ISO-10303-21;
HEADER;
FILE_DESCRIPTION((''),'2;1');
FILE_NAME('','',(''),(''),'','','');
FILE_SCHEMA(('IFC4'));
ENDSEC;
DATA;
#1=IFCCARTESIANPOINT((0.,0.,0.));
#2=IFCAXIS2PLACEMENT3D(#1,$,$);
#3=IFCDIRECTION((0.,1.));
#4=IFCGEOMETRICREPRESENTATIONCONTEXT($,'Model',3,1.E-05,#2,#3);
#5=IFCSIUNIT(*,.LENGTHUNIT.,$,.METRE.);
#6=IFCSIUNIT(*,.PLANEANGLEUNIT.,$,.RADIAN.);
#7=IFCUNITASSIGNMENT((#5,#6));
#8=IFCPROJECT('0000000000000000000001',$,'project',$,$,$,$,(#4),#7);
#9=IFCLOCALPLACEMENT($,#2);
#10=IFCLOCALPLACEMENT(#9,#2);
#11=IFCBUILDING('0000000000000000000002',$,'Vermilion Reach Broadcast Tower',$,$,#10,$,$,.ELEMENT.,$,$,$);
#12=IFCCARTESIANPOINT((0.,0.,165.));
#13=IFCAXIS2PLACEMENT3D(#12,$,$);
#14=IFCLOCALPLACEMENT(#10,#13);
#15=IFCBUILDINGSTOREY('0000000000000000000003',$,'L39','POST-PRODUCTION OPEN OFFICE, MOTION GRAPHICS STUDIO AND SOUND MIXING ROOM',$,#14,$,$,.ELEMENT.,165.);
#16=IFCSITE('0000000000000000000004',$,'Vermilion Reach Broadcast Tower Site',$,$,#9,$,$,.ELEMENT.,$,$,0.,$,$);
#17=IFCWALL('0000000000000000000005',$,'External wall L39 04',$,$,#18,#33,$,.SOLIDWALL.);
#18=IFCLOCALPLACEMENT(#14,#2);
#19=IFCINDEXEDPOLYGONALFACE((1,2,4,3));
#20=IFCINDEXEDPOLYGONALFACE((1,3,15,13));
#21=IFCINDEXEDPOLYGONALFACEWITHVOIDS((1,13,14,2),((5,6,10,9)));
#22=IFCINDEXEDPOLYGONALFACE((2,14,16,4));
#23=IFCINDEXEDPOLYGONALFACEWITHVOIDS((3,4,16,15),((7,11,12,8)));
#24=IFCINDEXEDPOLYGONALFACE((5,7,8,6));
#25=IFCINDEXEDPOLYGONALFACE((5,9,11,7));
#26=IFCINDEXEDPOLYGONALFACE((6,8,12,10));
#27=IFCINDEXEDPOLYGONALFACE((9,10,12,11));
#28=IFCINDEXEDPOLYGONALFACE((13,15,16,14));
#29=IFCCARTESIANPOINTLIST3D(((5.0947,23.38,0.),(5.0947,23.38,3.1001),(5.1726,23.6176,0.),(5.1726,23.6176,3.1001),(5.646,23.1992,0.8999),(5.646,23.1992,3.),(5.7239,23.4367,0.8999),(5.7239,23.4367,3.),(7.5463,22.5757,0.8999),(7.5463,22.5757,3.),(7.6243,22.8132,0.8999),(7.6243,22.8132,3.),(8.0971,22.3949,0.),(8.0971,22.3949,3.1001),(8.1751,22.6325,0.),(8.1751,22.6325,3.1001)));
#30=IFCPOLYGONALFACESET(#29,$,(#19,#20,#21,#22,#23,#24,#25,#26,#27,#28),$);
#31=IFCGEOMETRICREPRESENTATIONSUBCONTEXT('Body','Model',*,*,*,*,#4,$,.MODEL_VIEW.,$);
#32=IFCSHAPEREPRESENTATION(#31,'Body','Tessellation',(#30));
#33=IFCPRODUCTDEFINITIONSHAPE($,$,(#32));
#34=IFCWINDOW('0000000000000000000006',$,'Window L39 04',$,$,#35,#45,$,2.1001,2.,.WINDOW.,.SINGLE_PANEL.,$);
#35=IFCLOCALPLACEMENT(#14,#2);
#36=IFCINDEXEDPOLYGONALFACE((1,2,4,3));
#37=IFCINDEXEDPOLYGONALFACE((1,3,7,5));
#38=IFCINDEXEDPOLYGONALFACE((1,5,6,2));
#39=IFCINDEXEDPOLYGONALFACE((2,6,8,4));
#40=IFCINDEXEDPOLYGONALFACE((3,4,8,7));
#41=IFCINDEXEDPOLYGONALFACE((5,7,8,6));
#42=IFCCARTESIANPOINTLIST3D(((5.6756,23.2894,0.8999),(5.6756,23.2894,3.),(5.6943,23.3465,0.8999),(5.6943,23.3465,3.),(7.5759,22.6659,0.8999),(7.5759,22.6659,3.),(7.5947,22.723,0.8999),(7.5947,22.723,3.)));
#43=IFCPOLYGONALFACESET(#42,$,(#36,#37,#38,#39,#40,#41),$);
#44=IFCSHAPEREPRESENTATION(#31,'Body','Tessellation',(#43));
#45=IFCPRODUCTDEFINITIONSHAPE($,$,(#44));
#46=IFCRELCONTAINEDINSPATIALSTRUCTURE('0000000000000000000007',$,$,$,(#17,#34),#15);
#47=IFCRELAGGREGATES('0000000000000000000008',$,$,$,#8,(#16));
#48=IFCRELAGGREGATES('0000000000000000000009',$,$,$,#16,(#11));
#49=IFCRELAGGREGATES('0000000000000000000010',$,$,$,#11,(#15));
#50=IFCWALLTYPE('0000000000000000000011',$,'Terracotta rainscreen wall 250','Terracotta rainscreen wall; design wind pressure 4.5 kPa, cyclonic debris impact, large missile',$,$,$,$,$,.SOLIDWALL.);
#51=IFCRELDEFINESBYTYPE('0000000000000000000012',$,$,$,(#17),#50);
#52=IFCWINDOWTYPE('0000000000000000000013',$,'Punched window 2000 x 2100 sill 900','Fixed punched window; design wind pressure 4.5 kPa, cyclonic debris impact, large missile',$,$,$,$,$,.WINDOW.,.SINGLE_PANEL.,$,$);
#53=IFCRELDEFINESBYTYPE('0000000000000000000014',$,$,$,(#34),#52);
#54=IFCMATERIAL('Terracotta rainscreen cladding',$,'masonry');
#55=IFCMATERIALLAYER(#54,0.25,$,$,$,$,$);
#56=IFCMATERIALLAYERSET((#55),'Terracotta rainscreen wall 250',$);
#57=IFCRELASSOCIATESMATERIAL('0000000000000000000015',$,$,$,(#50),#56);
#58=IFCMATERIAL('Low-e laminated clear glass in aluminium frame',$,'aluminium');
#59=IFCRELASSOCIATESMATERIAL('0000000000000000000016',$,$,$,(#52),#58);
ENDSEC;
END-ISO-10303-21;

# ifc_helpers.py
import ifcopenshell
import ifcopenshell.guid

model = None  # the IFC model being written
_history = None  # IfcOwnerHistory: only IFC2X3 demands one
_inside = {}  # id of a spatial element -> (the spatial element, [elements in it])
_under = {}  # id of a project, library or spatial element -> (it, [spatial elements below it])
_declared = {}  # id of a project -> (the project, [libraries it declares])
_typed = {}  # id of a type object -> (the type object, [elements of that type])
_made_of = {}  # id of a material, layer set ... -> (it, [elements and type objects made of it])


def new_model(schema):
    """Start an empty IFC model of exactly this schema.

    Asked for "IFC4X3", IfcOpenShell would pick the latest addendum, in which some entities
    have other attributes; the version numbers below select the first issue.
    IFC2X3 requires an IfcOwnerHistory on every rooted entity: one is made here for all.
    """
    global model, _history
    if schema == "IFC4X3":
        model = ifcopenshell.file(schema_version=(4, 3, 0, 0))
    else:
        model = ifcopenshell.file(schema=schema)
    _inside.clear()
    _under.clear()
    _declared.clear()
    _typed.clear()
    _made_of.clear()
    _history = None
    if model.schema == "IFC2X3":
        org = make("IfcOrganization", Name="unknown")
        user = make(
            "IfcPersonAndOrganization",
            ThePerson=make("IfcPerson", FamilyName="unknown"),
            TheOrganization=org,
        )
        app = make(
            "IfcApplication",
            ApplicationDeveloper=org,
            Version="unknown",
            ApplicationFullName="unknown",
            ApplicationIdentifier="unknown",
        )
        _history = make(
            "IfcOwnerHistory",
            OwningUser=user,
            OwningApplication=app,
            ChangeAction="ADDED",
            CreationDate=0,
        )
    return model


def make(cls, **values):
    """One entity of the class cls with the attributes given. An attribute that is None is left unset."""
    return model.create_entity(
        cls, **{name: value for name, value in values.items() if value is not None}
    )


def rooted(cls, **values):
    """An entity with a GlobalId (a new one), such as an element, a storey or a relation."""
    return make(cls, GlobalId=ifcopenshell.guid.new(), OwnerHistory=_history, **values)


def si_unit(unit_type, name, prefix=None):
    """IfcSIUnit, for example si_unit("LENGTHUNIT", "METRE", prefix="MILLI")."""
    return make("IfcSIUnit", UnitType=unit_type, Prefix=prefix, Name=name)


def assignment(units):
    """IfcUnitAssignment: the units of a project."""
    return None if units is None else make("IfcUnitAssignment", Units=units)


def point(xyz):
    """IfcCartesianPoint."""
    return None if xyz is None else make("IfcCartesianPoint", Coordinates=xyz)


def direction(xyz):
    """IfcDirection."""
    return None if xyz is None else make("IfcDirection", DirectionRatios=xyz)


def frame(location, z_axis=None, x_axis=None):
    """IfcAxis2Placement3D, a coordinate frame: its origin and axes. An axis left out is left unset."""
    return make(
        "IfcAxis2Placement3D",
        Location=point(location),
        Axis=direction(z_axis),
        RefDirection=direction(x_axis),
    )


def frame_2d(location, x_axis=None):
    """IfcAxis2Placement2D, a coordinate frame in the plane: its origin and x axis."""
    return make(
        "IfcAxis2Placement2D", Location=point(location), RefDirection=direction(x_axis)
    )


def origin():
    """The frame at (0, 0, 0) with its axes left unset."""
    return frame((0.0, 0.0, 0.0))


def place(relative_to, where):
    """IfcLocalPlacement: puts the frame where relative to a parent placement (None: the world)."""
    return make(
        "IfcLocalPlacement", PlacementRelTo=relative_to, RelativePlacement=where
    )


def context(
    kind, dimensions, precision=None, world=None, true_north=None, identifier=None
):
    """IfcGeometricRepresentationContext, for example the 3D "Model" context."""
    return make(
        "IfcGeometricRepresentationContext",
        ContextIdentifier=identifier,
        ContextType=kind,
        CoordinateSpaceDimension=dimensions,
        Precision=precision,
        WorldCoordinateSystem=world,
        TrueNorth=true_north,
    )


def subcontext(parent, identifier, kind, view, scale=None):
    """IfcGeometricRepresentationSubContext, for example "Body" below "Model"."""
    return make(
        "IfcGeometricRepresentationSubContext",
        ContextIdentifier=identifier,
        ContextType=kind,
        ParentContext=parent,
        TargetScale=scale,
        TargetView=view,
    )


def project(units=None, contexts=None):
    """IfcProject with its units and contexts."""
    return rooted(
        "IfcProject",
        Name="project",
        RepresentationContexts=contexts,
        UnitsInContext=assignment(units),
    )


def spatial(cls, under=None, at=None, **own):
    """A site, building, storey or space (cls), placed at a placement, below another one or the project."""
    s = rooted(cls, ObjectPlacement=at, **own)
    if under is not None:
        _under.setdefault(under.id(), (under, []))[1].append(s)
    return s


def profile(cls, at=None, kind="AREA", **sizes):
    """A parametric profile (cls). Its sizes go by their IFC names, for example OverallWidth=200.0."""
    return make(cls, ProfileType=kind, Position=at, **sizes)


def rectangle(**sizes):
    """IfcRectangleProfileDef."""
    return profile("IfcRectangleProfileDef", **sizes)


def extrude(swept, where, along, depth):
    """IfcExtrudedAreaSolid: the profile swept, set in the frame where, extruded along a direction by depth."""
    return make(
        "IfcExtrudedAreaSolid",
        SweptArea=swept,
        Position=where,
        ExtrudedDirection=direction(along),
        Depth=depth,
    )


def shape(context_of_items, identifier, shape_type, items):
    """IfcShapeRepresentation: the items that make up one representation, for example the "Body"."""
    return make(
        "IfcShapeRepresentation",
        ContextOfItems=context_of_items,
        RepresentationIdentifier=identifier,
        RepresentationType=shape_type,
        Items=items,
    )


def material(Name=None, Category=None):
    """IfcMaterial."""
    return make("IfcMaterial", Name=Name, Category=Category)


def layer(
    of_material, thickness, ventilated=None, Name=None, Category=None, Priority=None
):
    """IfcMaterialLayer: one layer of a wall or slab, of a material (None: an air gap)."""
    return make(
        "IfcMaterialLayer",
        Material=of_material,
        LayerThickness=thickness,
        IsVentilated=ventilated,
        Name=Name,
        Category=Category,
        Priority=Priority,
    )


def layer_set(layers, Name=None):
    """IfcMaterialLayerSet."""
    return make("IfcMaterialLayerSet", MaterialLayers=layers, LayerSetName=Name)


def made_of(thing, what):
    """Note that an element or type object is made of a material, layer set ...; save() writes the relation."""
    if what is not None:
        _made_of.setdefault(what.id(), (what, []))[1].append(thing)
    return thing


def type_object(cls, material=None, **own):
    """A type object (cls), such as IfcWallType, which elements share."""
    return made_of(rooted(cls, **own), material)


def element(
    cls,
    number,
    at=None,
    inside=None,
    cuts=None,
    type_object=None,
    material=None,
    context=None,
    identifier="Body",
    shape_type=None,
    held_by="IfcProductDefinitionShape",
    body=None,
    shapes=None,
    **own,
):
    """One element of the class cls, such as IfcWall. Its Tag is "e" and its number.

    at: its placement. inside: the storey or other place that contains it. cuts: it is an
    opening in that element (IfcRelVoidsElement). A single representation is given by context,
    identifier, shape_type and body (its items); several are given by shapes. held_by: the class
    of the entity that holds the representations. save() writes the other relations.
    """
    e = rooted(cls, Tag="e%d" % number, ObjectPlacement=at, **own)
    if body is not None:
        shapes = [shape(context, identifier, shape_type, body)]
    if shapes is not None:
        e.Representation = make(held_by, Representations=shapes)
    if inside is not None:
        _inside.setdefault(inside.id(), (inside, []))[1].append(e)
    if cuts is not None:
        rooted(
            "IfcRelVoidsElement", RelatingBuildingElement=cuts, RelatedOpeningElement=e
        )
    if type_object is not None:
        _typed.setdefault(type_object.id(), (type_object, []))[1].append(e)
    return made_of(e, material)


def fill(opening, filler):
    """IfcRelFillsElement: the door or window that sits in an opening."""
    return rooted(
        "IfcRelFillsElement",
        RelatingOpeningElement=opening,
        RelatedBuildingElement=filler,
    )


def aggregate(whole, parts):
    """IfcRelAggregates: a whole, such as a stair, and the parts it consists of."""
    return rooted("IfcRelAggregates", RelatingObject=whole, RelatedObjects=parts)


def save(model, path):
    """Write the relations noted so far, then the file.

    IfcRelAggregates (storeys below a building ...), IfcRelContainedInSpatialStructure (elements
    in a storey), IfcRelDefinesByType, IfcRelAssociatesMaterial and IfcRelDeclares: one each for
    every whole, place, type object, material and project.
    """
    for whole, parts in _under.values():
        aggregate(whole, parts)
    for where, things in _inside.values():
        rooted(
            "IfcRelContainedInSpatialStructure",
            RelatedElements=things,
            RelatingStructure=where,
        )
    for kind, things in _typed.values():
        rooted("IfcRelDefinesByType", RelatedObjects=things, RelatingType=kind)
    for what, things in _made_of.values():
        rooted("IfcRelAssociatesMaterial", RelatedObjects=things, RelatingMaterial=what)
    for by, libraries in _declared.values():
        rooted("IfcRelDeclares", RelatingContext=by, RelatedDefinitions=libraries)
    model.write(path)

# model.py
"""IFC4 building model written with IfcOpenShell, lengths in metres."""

from ifc_helpers import new_model, si_unit, direction, frame, frame_2d, origin, place, context, subcontext, project, spatial, rectangle, extrude, material, layer, layer_set, type_object, element, fill, save


model = new_model("IFC4")

# Units and contexts
model_context = context("Model", 3, precision=1e-05, world=origin(), true_north=direction((0.0, 1.0)))
body_context = subcontext(model_context, "Body", "Model", "MODEL_VIEW")
ifc_project = project(units=[si_unit("LENGTHUNIT", "METRE"), si_unit("PLANEANGLEUNIT", "RADIAN")], contexts=[model_context])

# Site, building, storey
site_placement = place(None, origin())
site = spatial("IfcSite", under=ifc_project, at=site_placement, Name="Vermilion Reach Broadcast Tower Site", CompositionType="ELEMENT", RefElevation=0.0)
building_placement = place(site_placement, origin())
building = spatial("IfcBuilding", under=site, at=building_placement, Name="Vermilion Reach Broadcast Tower", CompositionType="ELEMENT")
storey_placement = place(building_placement, frame((0.0, 0.0, 165.0)))
storey = spatial("IfcBuildingStorey", under=building, at=storey_placement, Name="L39", Description="POST-PRODUCTION OPEN OFFICE, MOTION GRAPHICS STUDIO AND SOUND MIXING ROOM", CompositionType="ELEMENT", Elevation=165.0)

# Shared definitions
ifc_material_1 = material(Name="Terracotta rainscreen cladding", Category="masonry")
ifc_layer_1 = layer(ifc_material_1, 0.25)
ifc_layer_set_1 = layer_set([ifc_layer_1], Name="Terracotta rainscreen wall 250")
wall_type_1 = type_object("IfcWallType", Name="Terracotta rainscreen wall 250", Description="Terracotta rainscreen wall; design wind pressure 4.5 kPa, cyclonic debris impact, large missile", PredefinedType="SOLIDWALL", material=ifc_layer_set_1)

# Wall, opening, window
wall_1_placement = place(storey_placement, frame((8.1362, 22.5137, 0.0), z_axis=(0.0, 0.0, 1.0), x_axis=(-0.950164, 0.311751, 0.0)))
wall_1 = element("IfcWall", 1, at=wall_1_placement, inside=storey, type_object=wall_type_1, Name="External wall L39 04", PredefinedType="SOLIDWALL", context=body_context, shape_type="SweptSolid", body=[
    extrude(rectangle(XDim=3.1599, YDim=0.25, at=frame_2d((1.5801, 0.0))), origin(), (0.0, 0.0, 1.0), 3.1001),
])
opening_1_placement = place(wall_1_placement, frame((0.5798, 0.0, 0.8999)))
opening_1 = element("IfcOpeningElement", 2, at=opening_1_placement, cuts=wall_1, PredefinedType="OPENING", context=body_context, shape_type="SweptSolid", body=[
    extrude(rectangle(XDim=2.0, YDim=2.1001, at=frame_2d((1.0, 1.05))), frame((0.0, 0.135, 0.0), z_axis=(0.0, -1.0, 0.0), x_axis=(1.0, 0.0, 0.0)), (0.0, 0.0, 1.0), 0.27),
])
ifc_material_2 = material(Name="Low-e laminated clear glass in aluminium frame", Category="aluminium")
window_type = type_object("IfcWindowType", Name="Punched window 2000 x 2100 sill 900", Description="Fixed punched window; design wind pressure 4.5 kPa, cyclonic debris impact, large missile", PartitioningType="SINGLE_PANEL", PredefinedType="WINDOW", material=ifc_material_2)
window_placement = place(opening_1_placement, origin())
window = element("IfcWindow", 3, at=window_placement, inside=storey, type_object=window_type, Name="Window L39 04", OverallHeight=2.1001, OverallWidth=2.0, PartitioningType="SINGLE_PANEL", PredefinedType="WINDOW", context=body_context, shape_type="SweptSolid", body=[
    extrude(rectangle(XDim=2.0, YDim=2.1001, at=frame_2d((1.0, 1.05))), frame((0.0, 0.03, 0.0), z_axis=(0.0, -1.0, 0.0), x_axis=(1.0, 0.0, 0.0)), (0.0, 0.0, 1.0), 0.0601),
])
fill(opening_1, window)

save(model, "model.ifc")
